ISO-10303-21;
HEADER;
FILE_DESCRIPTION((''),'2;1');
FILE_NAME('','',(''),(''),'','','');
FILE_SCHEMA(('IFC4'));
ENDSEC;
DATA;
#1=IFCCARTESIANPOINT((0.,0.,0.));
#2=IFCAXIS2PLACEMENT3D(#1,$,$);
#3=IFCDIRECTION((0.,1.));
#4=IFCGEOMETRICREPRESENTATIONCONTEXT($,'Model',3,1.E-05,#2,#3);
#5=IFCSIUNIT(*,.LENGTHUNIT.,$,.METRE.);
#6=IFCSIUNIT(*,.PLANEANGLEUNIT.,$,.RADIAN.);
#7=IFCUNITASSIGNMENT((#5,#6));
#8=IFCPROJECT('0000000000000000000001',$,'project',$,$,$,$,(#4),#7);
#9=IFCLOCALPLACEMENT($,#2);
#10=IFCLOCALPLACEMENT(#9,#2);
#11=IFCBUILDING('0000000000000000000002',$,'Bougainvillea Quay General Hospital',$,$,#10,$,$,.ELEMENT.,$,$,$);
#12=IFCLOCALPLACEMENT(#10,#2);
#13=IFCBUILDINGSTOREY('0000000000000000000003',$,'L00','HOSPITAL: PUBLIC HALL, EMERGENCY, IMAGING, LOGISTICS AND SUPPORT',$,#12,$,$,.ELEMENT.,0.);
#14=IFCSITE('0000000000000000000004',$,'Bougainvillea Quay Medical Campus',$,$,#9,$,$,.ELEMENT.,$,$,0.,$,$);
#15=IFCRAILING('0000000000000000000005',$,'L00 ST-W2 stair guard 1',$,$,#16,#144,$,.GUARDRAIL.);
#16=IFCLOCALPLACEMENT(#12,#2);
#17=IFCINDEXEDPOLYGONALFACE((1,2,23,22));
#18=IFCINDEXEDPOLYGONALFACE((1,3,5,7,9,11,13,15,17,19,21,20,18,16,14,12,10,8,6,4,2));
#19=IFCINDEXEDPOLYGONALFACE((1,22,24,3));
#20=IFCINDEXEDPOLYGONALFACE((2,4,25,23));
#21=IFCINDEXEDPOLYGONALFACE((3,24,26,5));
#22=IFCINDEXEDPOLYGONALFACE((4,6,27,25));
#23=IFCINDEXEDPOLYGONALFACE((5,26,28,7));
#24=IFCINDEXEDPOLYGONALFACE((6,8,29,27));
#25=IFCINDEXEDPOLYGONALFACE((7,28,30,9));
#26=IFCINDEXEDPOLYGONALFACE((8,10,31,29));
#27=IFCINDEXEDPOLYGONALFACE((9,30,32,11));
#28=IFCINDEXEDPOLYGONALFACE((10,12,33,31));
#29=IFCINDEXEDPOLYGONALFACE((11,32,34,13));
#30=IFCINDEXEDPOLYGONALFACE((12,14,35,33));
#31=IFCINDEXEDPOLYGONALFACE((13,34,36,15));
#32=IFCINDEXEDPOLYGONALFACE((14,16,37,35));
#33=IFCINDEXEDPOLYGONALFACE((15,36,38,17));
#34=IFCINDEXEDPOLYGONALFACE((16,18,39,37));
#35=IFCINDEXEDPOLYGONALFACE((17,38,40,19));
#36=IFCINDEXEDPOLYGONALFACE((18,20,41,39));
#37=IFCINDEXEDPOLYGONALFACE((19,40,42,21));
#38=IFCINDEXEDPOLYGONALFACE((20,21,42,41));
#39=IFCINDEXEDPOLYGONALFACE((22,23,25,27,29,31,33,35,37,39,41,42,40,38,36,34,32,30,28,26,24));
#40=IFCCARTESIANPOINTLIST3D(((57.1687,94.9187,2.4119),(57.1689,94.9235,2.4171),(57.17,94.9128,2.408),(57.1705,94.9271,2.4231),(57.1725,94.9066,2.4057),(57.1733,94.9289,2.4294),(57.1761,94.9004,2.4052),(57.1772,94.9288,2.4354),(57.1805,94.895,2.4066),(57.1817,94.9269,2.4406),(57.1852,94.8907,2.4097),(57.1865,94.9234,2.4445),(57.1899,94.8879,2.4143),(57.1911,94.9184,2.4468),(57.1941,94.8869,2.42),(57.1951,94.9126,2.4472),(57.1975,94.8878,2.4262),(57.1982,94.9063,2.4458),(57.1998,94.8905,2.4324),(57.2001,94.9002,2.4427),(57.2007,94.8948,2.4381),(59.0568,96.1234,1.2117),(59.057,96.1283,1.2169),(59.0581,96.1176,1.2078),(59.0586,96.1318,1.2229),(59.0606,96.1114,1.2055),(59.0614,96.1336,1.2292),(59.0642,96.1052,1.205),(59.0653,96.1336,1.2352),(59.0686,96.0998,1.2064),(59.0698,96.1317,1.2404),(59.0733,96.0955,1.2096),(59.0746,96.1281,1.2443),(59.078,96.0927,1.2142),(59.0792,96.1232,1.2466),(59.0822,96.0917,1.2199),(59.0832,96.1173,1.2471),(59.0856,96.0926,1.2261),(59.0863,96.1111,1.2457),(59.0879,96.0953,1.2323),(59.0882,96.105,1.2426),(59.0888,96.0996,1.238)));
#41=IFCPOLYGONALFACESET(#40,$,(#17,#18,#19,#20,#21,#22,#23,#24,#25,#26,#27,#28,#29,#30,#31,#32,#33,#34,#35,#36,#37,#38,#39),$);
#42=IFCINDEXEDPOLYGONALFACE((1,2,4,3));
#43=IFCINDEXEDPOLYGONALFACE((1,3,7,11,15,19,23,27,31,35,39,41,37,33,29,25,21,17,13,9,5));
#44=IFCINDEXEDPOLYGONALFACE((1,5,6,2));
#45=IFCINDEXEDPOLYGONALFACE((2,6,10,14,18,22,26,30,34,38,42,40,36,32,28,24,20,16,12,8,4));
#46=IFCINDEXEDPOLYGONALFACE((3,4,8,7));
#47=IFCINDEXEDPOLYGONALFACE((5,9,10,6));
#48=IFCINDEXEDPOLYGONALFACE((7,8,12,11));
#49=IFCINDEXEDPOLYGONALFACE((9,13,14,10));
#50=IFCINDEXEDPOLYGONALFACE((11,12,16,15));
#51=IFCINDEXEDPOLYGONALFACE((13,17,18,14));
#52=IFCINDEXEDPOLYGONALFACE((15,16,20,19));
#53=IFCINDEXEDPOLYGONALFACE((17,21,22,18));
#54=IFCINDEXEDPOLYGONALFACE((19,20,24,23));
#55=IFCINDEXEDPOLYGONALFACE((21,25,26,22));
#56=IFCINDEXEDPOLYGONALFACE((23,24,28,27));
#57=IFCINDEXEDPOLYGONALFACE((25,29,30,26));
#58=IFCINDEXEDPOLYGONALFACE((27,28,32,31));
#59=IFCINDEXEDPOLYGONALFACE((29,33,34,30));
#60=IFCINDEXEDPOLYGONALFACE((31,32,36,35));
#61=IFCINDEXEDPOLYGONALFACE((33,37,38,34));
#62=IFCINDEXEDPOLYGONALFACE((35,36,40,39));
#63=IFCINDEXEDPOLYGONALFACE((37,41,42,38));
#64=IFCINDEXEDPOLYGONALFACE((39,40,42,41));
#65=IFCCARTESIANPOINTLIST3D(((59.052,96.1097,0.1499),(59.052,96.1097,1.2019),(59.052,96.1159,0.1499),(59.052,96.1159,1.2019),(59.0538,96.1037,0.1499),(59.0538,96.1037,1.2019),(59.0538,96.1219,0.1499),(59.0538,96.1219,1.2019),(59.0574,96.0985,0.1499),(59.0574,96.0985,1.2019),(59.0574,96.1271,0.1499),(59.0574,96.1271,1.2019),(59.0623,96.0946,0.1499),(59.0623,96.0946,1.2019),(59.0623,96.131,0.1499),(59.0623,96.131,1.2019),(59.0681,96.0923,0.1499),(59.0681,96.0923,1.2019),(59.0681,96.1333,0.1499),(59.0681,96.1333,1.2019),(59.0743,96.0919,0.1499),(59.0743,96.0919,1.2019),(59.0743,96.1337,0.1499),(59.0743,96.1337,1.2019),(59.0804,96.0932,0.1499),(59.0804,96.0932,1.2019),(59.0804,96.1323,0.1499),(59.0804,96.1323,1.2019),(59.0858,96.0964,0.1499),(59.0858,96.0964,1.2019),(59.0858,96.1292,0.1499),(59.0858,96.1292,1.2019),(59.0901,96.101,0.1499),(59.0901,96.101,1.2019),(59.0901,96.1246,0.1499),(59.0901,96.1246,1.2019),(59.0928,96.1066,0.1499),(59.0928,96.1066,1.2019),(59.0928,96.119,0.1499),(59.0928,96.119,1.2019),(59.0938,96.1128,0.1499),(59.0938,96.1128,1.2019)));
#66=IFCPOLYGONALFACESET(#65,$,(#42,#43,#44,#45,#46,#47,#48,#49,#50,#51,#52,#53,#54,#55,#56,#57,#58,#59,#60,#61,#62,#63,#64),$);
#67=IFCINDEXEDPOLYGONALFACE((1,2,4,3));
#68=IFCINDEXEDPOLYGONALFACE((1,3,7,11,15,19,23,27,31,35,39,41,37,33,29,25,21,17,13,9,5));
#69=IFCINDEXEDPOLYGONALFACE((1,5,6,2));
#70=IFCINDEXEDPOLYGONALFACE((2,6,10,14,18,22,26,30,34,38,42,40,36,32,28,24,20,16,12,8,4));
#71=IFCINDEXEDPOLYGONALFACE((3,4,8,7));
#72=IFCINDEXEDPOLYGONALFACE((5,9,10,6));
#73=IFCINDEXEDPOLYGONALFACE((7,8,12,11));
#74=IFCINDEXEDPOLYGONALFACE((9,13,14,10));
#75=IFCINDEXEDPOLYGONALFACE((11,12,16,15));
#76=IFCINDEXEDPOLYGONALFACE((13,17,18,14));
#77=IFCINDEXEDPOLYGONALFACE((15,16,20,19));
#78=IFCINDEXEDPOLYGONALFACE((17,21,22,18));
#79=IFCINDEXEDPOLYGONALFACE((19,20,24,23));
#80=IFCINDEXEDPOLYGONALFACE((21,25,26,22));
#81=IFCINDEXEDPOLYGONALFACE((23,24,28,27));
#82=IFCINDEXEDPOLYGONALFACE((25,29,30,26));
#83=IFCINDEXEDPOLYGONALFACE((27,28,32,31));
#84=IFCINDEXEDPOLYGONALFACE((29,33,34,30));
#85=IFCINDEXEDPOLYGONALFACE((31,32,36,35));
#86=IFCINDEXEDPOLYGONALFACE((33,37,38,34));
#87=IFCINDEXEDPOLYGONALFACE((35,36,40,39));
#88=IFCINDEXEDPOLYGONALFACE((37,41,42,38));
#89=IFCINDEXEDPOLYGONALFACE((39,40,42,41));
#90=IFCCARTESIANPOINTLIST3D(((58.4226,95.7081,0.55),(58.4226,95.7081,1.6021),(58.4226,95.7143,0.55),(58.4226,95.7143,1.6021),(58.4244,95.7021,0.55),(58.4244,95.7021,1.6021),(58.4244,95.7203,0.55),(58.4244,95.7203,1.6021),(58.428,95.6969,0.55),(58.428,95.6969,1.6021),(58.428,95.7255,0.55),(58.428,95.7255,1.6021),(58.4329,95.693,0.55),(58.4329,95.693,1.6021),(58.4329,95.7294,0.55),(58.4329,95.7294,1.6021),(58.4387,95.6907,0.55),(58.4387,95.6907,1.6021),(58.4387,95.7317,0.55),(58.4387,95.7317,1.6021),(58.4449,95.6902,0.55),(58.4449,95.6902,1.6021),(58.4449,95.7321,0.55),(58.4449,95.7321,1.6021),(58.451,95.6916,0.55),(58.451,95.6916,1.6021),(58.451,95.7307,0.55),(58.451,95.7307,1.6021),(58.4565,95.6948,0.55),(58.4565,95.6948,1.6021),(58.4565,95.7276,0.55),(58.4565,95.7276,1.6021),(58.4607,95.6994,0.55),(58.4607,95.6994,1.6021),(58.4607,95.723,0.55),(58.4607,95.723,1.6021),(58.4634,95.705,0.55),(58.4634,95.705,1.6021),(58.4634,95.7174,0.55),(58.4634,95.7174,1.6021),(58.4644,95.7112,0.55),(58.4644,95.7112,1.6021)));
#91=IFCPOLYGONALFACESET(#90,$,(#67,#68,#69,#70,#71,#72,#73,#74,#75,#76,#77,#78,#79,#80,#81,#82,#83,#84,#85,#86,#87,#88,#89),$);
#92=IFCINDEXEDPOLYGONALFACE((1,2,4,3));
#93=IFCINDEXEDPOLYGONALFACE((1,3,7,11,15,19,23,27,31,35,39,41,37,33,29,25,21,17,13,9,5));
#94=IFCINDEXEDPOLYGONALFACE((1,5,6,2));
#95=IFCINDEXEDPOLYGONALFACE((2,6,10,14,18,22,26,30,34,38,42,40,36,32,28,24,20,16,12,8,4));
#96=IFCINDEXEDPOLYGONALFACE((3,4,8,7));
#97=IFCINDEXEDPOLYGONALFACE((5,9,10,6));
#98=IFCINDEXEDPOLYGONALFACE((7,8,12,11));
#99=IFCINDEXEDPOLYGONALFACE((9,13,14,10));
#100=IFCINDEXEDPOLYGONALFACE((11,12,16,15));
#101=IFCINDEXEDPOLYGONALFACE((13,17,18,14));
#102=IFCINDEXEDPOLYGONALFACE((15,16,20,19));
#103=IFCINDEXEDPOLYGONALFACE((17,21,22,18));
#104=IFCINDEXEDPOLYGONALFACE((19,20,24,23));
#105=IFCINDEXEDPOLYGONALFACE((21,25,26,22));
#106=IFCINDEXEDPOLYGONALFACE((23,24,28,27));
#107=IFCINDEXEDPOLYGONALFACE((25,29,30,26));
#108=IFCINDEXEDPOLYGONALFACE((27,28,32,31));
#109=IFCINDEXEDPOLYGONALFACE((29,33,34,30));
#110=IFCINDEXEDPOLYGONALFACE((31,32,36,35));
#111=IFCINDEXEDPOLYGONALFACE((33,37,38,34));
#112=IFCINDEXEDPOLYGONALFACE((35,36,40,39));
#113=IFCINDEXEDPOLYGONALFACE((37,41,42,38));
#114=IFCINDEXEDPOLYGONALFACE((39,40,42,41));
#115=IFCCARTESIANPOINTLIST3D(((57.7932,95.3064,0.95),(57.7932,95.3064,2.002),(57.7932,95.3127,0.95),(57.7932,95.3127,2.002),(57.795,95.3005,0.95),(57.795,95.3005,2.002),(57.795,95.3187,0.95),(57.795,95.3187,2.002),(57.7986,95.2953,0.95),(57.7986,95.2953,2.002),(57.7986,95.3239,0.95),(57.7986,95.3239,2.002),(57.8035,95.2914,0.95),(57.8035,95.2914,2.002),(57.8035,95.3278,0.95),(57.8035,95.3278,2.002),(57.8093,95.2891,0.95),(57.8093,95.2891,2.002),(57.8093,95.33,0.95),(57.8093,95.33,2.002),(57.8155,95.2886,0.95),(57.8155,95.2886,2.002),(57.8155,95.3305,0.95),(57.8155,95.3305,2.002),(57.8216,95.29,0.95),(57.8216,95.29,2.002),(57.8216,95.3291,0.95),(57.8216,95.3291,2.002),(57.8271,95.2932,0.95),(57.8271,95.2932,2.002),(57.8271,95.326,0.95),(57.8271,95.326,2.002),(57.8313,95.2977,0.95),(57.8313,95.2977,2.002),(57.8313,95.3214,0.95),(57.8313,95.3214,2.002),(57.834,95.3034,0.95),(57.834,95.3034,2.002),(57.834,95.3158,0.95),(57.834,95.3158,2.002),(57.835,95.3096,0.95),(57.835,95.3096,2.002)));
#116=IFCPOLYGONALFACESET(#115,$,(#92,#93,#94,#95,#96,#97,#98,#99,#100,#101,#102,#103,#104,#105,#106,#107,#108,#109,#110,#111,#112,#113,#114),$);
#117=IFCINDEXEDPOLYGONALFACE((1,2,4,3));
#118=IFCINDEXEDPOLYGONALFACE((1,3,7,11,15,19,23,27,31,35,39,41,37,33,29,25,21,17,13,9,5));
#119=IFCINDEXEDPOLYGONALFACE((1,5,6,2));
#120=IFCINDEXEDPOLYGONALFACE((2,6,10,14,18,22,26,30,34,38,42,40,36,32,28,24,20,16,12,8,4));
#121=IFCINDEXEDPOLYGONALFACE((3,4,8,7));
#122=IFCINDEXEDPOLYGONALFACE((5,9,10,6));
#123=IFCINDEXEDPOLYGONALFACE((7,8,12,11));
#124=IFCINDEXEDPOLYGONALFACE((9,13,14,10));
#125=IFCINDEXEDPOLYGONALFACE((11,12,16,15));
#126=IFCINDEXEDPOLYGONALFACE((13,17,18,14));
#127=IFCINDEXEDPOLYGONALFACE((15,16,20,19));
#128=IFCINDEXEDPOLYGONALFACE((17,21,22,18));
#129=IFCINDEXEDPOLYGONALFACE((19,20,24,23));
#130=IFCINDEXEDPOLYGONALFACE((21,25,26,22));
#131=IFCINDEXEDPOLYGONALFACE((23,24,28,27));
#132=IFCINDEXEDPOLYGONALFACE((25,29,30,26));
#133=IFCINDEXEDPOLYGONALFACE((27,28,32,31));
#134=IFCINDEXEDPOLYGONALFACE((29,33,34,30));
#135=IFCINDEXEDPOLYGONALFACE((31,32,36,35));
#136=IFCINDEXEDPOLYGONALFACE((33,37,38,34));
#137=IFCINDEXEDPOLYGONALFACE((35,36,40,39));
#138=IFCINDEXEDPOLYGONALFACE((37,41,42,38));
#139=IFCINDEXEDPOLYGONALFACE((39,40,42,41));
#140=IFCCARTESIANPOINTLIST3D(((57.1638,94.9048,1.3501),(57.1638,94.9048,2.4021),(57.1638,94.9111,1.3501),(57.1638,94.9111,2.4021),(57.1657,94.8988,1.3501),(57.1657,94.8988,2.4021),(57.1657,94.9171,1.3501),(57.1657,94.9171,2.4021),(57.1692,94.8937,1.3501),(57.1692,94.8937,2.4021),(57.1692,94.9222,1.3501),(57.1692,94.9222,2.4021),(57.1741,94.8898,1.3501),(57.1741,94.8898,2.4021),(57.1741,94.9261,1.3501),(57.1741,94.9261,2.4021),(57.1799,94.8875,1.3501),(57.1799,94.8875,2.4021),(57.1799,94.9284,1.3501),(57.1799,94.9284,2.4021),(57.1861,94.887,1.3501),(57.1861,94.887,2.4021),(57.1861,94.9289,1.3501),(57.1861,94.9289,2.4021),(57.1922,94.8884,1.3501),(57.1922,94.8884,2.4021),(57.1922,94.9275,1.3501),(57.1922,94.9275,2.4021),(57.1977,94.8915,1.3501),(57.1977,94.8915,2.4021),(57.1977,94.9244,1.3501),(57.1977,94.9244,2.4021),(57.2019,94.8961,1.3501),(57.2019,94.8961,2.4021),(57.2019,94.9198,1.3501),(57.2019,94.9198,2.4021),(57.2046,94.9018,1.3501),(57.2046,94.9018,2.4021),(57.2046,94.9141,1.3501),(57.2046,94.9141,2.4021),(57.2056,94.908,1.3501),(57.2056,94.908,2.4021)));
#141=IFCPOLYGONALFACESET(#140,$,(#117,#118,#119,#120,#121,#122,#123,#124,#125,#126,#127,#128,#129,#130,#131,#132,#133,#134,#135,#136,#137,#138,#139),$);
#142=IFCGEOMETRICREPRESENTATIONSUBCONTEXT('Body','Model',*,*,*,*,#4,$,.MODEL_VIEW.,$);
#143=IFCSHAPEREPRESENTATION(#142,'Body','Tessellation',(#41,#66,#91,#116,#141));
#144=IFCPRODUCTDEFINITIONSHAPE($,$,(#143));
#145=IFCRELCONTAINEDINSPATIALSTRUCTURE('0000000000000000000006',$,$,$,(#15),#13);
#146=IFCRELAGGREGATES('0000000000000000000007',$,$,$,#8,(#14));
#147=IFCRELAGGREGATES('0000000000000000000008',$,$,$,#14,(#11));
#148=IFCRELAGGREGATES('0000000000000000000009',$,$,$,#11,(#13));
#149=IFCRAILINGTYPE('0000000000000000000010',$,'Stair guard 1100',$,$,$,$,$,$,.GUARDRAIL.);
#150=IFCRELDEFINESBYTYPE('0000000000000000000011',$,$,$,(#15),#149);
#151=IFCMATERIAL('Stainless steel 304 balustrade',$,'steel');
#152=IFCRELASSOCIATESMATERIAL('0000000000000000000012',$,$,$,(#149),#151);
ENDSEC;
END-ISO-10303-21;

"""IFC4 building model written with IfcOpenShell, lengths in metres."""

from ifc_helpers import new_model, si_unit, direction, frame, origin, origin_2d, place, context, subcontext, project, spatial, circle, extrude, material, type_object, element, save


model = new_model("IFC4")

# Units and contexts
model_context = context("Model", 3, precision=1e-05, world=origin(), true_north=direction((0.0, 1.0)))
body_context = subcontext(model_context, "Body", "Model", "MODEL_VIEW")
ifc_project = project(units=[si_unit("LENGTHUNIT", "METRE"), si_unit("PLANEANGLEUNIT", "RADIAN")], contexts=[model_context])

# Site, building, storey
site_placement = place(None, origin())
site = spatial("IfcSite", under=ifc_project, at=site_placement, Name="Bougainvillea Quay Medical Campus", CompositionType="ELEMENT", RefElevation=0.0)
building_placement = place(site_placement, origin())
building = spatial("IfcBuilding", under=site, at=building_placement, Name="Bougainvillea Quay General Hospital", CompositionType="ELEMENT")
storey_placement = place(building_placement, origin())
storey = spatial("IfcBuildingStorey", under=building, at=storey_placement, Name="L00", Description="HOSPITAL: PUBLIC HALL, EMERGENCY, IMAGING, LOGISTICS AND SUPPORT", CompositionType="ELEMENT", Elevation=0.0)

# Railing
ifc_material_1 = material(Name="Stainless steel 304 balustrade", Category="steel")
railing_type_1 = type_object("IfcRailingType", Name="Stair guard 1100", PredefinedType="GUARDRAIL", material=ifc_material_1)
railing_1_placement = place(storey_placement, frame((59.0728, 96.1128, 0.1499)))
element("IfcRailing", 1, at=railing_1_placement, inside=storey, type_object=railing_type_1, Name="L00 ST-W2 stair guard 1", PredefinedType="GUARDRAIL", context=body_context, shape_type="SweptSolid", body=[
    extrude(circle(Radius=0.0239, at=origin_2d()), frame((0.0, 0.0, 1.0762), z_axis=(-0.743049, -0.474134, 0.472308), x_axis=(0.537912, -0.843001, 0.0)), (0.0, 0.0, 1.0), 2.541),
    extrude(circle(Radius=0.021, at=origin_2d()), origin(), (0.0, 0.0, 1.0), 1.052),
    extrude(circle(Radius=0.021, at=origin_2d()), frame((-0.6294, -0.4016, 0.4001)), (0.0, 0.0, 1.0), 1.052),
    extrude(circle(Radius=0.021, at=origin_2d()), frame((-1.2588, -0.8032, 0.8)), (0.0, 0.0, 1.0), 1.052),
    extrude(circle(Radius=0.021, at=origin_2d()), frame((-1.8882, -1.2048, 1.2002)), (0.0, 0.0, 1.0), 1.052),
])

save(model, "model.ifc")
